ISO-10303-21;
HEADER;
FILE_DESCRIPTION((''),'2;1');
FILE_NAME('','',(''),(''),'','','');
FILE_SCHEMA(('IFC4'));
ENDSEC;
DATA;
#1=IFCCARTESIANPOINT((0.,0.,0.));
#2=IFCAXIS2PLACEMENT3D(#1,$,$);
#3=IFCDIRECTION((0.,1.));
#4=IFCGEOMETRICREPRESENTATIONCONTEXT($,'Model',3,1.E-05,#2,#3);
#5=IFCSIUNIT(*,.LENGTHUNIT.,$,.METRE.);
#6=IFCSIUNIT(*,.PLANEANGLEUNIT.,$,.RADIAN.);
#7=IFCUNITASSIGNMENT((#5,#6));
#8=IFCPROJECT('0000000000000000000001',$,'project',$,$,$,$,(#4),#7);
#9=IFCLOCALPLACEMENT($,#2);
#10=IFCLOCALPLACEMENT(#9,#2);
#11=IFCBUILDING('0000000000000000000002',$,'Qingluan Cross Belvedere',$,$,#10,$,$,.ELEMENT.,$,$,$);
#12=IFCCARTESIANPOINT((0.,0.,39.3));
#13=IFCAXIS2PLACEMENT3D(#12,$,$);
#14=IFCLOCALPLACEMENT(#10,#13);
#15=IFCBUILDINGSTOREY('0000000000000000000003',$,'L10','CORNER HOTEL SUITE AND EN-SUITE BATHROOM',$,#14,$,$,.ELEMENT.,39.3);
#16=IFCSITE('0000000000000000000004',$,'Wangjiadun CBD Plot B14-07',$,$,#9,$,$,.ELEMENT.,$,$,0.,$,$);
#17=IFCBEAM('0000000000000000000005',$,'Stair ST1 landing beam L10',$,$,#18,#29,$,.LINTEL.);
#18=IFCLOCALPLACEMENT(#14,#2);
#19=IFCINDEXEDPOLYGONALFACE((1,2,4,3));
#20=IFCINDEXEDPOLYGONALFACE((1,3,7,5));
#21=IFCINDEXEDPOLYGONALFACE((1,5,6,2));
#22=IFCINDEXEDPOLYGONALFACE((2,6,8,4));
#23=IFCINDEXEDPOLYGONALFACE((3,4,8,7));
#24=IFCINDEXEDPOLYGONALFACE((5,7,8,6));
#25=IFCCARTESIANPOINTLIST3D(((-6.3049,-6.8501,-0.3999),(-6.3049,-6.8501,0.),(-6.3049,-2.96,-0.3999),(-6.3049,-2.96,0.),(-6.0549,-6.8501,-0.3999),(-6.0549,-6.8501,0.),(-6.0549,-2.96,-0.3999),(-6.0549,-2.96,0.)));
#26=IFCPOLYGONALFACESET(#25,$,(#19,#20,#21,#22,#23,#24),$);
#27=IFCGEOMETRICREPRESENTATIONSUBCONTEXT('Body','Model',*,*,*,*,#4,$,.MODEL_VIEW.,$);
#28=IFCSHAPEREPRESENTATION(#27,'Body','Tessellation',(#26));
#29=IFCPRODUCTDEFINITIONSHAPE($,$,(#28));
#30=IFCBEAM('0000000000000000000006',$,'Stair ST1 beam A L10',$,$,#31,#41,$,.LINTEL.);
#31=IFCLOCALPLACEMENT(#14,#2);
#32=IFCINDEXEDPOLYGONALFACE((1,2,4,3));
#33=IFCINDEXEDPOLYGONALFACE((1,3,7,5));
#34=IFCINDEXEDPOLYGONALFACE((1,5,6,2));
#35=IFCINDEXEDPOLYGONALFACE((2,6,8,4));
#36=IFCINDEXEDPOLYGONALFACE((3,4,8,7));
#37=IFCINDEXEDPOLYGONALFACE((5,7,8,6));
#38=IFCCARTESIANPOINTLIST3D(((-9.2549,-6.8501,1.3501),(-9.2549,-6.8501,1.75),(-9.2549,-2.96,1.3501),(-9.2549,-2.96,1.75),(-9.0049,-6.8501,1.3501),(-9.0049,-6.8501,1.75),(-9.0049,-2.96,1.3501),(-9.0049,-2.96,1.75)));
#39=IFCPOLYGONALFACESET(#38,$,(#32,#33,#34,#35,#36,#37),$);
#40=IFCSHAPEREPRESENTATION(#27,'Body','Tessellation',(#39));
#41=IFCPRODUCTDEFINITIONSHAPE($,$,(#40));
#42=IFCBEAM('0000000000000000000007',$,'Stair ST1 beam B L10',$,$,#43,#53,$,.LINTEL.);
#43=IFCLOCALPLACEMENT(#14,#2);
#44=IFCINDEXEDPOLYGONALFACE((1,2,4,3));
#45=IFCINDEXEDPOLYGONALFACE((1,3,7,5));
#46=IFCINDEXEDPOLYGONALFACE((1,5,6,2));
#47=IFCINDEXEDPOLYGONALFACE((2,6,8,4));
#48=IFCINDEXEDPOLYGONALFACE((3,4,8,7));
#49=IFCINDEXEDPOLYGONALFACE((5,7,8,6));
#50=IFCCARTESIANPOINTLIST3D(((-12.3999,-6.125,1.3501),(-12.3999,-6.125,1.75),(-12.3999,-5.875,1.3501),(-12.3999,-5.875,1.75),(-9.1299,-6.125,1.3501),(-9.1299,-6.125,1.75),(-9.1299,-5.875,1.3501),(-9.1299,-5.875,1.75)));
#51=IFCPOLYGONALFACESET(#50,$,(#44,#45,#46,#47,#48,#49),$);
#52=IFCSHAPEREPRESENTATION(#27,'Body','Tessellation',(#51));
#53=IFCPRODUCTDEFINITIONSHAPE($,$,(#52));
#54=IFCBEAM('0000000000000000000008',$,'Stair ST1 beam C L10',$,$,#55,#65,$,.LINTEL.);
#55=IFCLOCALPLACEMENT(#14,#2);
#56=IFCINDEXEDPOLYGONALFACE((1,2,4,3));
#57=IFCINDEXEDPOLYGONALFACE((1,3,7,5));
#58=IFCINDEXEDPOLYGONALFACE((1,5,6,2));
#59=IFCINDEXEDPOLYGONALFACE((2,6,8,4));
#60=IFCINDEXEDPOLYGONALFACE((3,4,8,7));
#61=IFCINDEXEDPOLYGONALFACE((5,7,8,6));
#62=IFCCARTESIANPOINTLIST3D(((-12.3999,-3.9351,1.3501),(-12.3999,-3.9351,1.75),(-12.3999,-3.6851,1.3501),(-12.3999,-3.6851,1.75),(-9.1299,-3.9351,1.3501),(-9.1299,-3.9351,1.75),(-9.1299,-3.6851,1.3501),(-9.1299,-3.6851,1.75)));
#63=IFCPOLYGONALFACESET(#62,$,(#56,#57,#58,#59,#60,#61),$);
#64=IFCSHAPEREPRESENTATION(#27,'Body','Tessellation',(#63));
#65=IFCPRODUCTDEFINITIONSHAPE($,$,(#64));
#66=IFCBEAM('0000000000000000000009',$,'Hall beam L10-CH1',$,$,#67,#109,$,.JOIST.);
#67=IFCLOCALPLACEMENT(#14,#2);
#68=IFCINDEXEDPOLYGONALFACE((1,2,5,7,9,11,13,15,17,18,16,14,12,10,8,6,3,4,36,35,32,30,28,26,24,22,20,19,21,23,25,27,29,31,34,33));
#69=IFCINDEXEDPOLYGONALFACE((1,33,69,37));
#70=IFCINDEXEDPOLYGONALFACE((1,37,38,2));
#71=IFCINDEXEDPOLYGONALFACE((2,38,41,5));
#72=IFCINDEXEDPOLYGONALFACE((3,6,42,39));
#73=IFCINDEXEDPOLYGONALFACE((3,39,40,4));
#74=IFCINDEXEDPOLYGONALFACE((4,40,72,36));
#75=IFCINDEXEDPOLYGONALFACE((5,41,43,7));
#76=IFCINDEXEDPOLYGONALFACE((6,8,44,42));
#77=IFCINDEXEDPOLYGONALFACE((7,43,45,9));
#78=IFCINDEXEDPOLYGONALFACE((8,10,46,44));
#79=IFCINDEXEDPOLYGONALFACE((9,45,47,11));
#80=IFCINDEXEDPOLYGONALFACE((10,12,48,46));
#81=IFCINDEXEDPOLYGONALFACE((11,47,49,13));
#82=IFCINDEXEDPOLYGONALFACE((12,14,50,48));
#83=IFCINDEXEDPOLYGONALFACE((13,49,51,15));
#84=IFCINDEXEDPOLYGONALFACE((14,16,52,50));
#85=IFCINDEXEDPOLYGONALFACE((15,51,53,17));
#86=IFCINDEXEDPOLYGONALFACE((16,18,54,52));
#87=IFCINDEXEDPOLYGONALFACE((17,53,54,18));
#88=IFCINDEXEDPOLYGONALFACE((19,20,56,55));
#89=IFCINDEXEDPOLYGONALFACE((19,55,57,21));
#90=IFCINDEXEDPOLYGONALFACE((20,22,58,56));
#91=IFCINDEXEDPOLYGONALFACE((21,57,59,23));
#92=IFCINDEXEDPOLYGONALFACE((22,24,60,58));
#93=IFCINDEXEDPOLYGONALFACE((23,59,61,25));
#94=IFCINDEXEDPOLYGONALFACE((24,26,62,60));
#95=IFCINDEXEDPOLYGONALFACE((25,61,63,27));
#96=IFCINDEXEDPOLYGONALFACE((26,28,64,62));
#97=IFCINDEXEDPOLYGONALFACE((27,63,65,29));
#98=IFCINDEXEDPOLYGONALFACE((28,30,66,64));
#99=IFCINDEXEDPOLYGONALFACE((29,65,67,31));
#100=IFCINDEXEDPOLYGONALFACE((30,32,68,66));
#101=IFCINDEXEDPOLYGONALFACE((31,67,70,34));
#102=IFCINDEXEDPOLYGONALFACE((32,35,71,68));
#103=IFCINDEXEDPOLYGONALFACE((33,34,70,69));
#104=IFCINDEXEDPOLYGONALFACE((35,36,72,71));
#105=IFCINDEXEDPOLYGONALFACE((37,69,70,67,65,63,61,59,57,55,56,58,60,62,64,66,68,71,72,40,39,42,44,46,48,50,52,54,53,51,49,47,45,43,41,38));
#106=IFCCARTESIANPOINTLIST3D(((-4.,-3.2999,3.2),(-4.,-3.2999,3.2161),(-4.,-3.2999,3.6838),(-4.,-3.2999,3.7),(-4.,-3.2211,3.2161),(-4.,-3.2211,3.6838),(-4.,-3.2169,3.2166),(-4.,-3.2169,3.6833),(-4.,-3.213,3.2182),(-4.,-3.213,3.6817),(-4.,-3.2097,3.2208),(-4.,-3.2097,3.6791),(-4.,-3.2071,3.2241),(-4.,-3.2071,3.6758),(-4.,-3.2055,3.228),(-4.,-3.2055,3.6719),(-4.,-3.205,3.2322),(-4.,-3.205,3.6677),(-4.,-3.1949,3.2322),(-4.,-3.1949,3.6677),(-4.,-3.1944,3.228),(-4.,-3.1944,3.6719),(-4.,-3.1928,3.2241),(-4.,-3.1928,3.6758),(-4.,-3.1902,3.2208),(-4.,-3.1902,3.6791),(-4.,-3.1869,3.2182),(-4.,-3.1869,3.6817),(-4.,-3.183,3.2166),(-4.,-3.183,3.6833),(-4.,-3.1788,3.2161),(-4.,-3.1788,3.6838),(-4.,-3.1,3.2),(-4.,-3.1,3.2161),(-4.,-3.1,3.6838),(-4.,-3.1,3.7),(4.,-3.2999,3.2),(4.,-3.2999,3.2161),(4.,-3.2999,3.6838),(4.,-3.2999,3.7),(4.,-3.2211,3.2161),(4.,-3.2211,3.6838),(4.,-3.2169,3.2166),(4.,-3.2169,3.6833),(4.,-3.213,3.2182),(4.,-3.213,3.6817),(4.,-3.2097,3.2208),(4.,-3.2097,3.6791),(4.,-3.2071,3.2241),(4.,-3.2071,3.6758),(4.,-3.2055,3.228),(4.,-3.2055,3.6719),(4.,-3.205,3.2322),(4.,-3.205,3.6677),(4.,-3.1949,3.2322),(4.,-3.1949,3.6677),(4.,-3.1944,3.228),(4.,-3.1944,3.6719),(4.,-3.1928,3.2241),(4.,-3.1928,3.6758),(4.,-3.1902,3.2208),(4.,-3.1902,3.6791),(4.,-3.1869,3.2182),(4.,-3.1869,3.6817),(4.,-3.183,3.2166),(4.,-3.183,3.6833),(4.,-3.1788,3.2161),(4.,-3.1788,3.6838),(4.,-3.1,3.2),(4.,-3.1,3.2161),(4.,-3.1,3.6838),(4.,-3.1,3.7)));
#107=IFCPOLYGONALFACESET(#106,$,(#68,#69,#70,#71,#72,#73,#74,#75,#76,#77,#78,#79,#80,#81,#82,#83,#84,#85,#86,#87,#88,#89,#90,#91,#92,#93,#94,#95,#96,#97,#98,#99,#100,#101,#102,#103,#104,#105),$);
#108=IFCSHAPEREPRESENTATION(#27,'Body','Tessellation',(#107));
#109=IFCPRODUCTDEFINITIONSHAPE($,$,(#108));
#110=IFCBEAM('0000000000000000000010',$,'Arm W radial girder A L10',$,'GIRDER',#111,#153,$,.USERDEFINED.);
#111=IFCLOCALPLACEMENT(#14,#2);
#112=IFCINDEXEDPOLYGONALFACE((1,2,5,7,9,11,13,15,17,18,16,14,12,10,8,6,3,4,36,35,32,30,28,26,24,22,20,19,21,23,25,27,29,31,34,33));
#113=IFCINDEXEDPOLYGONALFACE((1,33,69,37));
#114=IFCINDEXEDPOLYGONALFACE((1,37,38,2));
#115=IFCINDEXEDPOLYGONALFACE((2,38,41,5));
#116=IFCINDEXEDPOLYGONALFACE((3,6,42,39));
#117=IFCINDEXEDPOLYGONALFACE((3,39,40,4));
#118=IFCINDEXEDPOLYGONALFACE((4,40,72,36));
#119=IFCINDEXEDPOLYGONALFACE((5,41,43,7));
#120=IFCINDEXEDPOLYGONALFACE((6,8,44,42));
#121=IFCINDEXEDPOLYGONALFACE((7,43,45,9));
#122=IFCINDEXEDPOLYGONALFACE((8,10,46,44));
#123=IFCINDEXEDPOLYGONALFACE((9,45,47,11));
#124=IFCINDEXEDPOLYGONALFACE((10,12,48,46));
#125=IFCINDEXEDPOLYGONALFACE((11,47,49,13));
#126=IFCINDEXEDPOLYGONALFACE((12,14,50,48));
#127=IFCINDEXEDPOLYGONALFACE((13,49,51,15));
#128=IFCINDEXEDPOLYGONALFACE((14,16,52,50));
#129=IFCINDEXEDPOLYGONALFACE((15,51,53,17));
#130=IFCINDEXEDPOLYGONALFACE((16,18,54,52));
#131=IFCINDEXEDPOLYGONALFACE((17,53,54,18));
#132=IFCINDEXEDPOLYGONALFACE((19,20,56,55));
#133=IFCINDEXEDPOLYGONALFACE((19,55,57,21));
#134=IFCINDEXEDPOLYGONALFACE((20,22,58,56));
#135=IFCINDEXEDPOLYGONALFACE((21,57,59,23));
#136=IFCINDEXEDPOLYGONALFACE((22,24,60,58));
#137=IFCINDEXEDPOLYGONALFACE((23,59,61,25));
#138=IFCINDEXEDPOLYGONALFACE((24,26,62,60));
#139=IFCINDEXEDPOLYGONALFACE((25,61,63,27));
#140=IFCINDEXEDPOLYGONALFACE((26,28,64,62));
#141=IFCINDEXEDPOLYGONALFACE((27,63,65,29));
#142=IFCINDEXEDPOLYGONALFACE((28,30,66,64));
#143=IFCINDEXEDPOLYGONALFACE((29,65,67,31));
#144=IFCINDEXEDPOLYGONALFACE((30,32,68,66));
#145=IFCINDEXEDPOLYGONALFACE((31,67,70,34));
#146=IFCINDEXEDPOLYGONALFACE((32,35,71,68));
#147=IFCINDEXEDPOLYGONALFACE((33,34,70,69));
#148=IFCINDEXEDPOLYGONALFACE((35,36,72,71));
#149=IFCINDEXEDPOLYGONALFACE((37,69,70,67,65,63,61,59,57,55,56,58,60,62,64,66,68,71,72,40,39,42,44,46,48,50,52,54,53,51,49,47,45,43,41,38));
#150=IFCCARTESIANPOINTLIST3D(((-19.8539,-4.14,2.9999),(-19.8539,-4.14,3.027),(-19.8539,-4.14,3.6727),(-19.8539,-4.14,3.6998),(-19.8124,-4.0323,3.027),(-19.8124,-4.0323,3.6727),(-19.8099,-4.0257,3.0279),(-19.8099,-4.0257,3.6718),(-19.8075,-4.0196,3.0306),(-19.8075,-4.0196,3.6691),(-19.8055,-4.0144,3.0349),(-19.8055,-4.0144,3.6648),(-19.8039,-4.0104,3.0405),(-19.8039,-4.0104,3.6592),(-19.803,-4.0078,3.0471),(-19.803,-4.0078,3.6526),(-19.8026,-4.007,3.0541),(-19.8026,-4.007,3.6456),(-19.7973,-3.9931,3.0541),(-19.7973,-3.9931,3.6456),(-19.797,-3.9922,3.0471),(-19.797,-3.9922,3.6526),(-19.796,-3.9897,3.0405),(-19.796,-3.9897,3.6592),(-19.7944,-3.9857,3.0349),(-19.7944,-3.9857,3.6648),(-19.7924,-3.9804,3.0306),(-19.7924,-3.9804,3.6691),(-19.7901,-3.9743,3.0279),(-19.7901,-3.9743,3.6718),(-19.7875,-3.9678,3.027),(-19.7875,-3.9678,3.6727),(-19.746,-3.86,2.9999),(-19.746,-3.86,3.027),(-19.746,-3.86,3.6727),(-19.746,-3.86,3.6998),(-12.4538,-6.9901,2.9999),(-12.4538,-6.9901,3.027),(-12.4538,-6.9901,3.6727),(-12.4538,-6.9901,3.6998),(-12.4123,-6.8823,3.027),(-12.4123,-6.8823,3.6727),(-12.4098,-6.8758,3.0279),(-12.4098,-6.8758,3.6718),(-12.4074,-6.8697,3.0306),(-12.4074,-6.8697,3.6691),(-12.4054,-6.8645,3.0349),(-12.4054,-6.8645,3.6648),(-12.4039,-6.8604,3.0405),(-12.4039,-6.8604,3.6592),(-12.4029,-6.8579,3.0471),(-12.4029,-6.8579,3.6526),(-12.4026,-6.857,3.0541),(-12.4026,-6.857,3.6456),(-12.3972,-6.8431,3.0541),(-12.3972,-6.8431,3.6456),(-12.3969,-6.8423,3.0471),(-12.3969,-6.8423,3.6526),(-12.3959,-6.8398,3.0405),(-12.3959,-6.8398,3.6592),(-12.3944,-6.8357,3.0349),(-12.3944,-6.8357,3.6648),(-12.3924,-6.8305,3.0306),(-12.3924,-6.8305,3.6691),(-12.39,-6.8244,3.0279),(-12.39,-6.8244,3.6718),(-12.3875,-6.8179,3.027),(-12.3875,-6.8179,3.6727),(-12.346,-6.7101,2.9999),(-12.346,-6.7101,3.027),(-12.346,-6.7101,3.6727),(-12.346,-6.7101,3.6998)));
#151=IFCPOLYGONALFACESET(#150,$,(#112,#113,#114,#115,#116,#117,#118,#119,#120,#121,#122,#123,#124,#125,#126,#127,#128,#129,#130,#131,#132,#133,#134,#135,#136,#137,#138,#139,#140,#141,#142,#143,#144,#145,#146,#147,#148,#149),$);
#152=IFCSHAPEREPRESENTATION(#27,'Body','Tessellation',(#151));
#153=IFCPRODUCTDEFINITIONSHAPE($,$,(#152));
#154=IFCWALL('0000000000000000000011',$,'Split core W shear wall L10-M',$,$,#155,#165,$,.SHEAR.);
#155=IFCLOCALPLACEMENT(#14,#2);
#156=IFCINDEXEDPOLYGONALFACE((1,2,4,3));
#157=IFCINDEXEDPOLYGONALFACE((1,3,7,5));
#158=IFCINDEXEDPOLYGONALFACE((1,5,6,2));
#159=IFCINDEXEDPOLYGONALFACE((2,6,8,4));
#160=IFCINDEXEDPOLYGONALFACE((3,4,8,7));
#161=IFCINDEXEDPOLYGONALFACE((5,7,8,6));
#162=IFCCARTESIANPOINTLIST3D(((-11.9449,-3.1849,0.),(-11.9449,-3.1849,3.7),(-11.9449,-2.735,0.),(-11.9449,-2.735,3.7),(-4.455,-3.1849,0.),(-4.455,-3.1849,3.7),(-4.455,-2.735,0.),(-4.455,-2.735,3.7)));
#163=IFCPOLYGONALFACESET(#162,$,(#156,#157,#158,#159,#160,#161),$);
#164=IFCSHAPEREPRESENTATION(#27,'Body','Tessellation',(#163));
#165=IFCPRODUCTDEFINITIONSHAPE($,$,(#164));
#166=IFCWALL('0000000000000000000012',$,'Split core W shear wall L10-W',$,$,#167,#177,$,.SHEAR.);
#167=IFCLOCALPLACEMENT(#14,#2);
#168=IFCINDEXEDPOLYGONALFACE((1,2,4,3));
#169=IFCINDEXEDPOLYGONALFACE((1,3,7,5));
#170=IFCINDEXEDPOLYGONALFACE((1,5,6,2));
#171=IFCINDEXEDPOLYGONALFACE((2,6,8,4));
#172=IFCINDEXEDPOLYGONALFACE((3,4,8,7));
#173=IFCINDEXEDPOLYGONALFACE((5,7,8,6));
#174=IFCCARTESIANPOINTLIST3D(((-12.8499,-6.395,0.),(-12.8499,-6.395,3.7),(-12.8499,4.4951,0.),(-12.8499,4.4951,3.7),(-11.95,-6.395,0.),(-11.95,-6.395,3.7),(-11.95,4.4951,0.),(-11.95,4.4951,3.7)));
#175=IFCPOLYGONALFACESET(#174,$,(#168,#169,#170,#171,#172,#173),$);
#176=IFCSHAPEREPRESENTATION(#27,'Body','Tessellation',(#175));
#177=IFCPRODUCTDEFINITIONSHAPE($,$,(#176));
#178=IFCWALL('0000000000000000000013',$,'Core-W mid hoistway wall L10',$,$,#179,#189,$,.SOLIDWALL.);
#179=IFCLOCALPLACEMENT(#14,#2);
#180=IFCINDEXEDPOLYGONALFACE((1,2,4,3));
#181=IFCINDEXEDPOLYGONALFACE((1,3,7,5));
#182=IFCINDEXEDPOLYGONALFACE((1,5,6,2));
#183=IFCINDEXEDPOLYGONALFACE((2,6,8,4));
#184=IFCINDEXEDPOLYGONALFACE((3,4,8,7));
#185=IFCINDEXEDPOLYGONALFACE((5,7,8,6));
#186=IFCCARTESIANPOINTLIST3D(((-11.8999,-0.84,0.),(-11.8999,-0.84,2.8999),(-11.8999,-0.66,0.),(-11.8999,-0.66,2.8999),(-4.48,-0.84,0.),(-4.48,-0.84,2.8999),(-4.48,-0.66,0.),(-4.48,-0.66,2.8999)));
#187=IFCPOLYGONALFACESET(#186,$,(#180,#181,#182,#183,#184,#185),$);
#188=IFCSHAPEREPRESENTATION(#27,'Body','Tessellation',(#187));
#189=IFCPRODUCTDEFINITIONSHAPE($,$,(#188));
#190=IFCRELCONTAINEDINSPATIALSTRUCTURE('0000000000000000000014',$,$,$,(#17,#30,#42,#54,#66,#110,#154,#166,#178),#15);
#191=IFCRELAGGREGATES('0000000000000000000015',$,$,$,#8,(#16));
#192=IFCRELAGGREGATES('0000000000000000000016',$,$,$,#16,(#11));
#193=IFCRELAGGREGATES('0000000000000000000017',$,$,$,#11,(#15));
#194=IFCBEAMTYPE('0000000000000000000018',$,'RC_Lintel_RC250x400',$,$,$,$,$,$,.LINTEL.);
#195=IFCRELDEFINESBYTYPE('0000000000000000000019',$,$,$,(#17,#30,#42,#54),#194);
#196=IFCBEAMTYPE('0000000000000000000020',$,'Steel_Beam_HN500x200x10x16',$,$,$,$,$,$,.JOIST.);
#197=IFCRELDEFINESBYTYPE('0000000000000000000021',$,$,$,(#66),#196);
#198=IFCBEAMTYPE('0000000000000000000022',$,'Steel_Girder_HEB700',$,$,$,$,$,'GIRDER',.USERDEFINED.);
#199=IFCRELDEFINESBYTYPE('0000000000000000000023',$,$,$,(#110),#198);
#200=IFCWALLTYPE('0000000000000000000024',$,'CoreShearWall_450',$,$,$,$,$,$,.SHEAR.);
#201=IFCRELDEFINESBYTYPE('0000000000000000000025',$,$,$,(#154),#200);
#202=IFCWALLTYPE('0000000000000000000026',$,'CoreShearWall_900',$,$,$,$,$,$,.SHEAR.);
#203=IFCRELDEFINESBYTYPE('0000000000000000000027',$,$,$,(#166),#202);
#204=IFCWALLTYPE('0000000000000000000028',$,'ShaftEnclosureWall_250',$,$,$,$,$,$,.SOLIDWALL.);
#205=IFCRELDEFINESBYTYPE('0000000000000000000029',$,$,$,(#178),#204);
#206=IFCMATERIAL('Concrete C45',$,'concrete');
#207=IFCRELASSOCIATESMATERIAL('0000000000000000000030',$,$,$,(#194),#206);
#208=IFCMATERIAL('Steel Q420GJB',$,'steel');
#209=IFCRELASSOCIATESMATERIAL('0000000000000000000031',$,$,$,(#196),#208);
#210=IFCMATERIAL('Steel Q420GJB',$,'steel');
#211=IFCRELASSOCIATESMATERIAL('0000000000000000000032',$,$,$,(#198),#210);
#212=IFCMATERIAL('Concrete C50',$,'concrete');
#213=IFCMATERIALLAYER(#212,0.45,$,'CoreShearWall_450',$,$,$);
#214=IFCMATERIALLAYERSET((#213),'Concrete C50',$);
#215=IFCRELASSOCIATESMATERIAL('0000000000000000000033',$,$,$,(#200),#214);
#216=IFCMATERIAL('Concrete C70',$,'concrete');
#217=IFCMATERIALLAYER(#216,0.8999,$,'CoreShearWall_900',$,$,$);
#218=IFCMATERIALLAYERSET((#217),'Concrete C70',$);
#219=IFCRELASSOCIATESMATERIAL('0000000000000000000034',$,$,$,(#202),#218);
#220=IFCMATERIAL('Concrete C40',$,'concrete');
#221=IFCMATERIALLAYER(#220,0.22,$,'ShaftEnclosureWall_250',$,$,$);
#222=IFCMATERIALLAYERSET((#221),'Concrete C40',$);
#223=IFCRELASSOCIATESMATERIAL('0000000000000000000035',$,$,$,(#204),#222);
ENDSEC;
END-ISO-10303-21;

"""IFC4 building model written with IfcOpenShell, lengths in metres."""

from ifc_helpers import new_model, si_unit, direction, frame, frame_2d, origin, origin_2d, place, context, subcontext, project, spatial, rectangle, i_section, extrude, material, layer, layer_set, material_profile, profile_set, type_object, element, save


model = new_model("IFC4")

# Units and contexts
model_context = context("Model", 3, precision=1e-05, world=origin(), true_north=direction((0.0, 1.0)))
body_context = subcontext(model_context, "Body", "Model", "MODEL_VIEW")
ifc_project = project(units=[si_unit("LENGTHUNIT", "METRE"), si_unit("PLANEANGLEUNIT", "RADIAN")], contexts=[model_context])

# Site, building, storey
site_placement = place(None, origin())
site = spatial("IfcSite", under=ifc_project, at=site_placement, Name="Wangjiadun CBD Plot B14-07", CompositionType="ELEMENT", RefElevation=0.0)
building_placement = place(site_placement, origin())
building = spatial("IfcBuilding", under=site, at=building_placement, Name="Qingluan Cross Belvedere", CompositionType="ELEMENT")
storey_placement = place(building_placement, frame((0.0, 0.0, 39.3)))
storey = spatial("IfcBuildingStorey", under=building, at=storey_placement, Name="L10", Description="CORNER HOTEL SUITE AND EN-SUITE BATHROOM", CompositionType="ELEMENT", Elevation=39.3)

# Beams
ifc_material_1 = material(Name="Concrete C45", Category="concrete")
ifc_material_profile_1 = material_profile(ifc_material_1, rectangle(XDim=0.25, YDim=0.3999, at=origin_2d()), Name="RC250x400")
ifc_profile_set_1 = profile_set([ifc_material_profile_1], Name="Concrete C45")
beam_type_1 = type_object("IfcBeamType", Name="RC_Lintel_RC250x400", PredefinedType="LINTEL", material=ifc_profile_set_1)
for number, where, z_axis, x_axis, name in (
    (1, (-6.1799, -6.8501, -0.2), (0.0, 1.0, 0.0), (-1.0, 0.0, 0.0), "Stair ST1 landing beam L10"),
    (2, (-9.1299, -6.8501, 1.55), (0.0, 1.0, 0.0), (-1.0, 0.0, 0.0), "Stair ST1 beam A L10"),
):
    element("IfcBeam", number, at=place(storey_placement, frame(where, z_axis=z_axis, x_axis=x_axis)), inside=storey, type_object=beam_type_1, Name=name, PredefinedType="LINTEL", context=body_context, shape_type="SweptSolid", body=[
        extrude(rectangle(XDim=0.25, YDim=0.3999, at=origin_2d()), origin(), (0.0, 0.0, 1.0), 3.8901),
    ])
for number, where, z_axis, x_axis, name in (
    (3, (-12.3999, -6.0, 1.55), (1.0, 0.0, 0.0), (0.0, 1.0, 0.0), "Stair ST1 beam B L10"),
    (4, (-12.3999, -3.8101, 1.55), (1.0, 0.0, 0.0), (0.0, 1.0, 0.0), "Stair ST1 beam C L10"),
):
    element("IfcBeam", number, at=place(storey_placement, frame(where, z_axis=z_axis, x_axis=x_axis)), inside=storey, type_object=beam_type_1, Name=name, PredefinedType="LINTEL", context=body_context, shape_type="SweptSolid", body=[
        extrude(rectangle(XDim=0.25, YDim=0.3999, at=origin_2d()), origin(), (0.0, 0.0, 1.0), 3.27),
    ])
ifc_material_2 = material(Name="Steel Q420GJB", Category="steel")
ifc_material_profile_2 = material_profile(ifc_material_2, i_section(OverallWidth=0.2, OverallDepth=0.5, WebThickness=0.01, FlangeThickness=0.0161, FilletRadius=0.0161, at=origin_2d()), Name="HN500x200x10x16")
ifc_profile_set_2 = profile_set([ifc_material_profile_2], Name="Steel Q420GJB")
beam_type_2 = type_object("IfcBeamType", Name="Steel_Beam_HN500x200x10x16", PredefinedType="JOIST", material=ifc_profile_set_2)
beam_1_placement = place(storey_placement, frame((-4.0, -3.2, 3.45), z_axis=(1.0, 0.0, 0.0), x_axis=(0.0, 1.0, 0.0)))
element("IfcBeam", 5, at=beam_1_placement, inside=storey, type_object=beam_type_2, Name="Hall beam L10-CH1", PredefinedType="JOIST", context=body_context, shape_type="SweptSolid", body=[
    extrude(i_section(OverallWidth=0.2, OverallDepth=0.5, WebThickness=0.01, FlangeThickness=0.0161, FilletRadius=0.0161, at=origin_2d()), origin(), (0.0, 0.0, 1.0), 8.0),
])
ifc_material_3 = material(Name="Steel Q420GJB", Category="steel")
ifc_material_profile_3 = material_profile(ifc_material_3, i_section(OverallWidth=0.3, OverallDepth=0.7, WebThickness=0.0149, FlangeThickness=0.0271, FilletRadius=0.0271, at=origin_2d()), Name="HEB700")
ifc_profile_set_3 = profile_set([ifc_material_profile_3], Name="Steel Q420GJB")
beam_type_3 = type_object("IfcBeamType", Name="Steel_Girder_HEB700", ElementType="GIRDER", PredefinedType="USERDEFINED", material=ifc_profile_set_3)
beam_2_placement = place(storey_placement, frame((-12.3999, -6.8501, 3.3499), z_axis=(-0.933181, 0.359406, 0.0), x_axis=(-0.359406, -0.933181, 0.0)))
element("IfcBeam", 6, at=beam_2_placement, inside=storey, type_object=beam_type_3, Name="Arm W radial girder A L10", ObjectType="GIRDER", PredefinedType="USERDEFINED", context=body_context, shape_type="SweptSolid", body=[
    extrude(i_section(OverallWidth=0.3, OverallDepth=0.7, WebThickness=0.0149, FlangeThickness=0.0271, FilletRadius=0.0271, at=origin_2d()), origin(), (0.0, 0.0, 1.0), 7.9299),
])

# Walls
ifc_material_4 = material(Name="Concrete C50", Category="concrete")
ifc_layer_1 = layer(ifc_material_4, 0.45, Name="CoreShearWall_450")
ifc_layer_set_1 = layer_set([ifc_layer_1], Name="Concrete C50")
wall_type_1 = type_object("IfcWallType", Name="CoreShearWall_450", PredefinedType="SHEAR", material=ifc_layer_set_1)
wall_1_placement = place(storey_placement, frame((-11.9451, -2.96, 0.0), z_axis=(0.0, 0.0, 1.0), x_axis=(1.0, 0.0, 0.0)))
element("IfcWall", 7, at=wall_1_placement, inside=storey, type_object=wall_type_1, Name="Split core W shear wall L10-M", PredefinedType="SHEAR", context=body_context, shape_type="SweptSolid", body=[
    extrude(rectangle(XDim=7.49, YDim=0.45, at=frame_2d((3.7451, 0.0))), origin(), (0.0, 0.0, 1.0), 3.7),
])
ifc_material_5 = material(Name="Concrete C70", Category="concrete")
ifc_layer_2 = layer(ifc_material_5, 0.8999, Name="CoreShearWall_900")
ifc_layer_set_2 = layer_set([ifc_layer_2], Name="Concrete C70")
wall_type_2 = type_object("IfcWallType", Name="CoreShearWall_900", PredefinedType="SHEAR", material=ifc_layer_set_2)
wall_2_placement = place(storey_placement, frame((-12.3999, -6.395, 0.0), z_axis=(0.0, 0.0, 1.0), x_axis=(0.0, 1.0, 0.0)))
element("IfcWall", 8, at=wall_2_placement, inside=storey, type_object=wall_type_2, Name="Split core W shear wall L10-W", PredefinedType="SHEAR", context=body_context, shape_type="SweptSolid", body=[
    extrude(rectangle(XDim=10.8901, YDim=0.8999, at=frame_2d((5.4451, 0.0))), origin(), (0.0, 0.0, 1.0), 3.7),
])

# Wall
ifc_material_6 = material(Name="Concrete C40", Category="concrete")
ifc_layer_3 = layer(ifc_material_6, 0.22, Name="ShaftEnclosureWall_250")
ifc_layer_set_3 = layer_set([ifc_layer_3], Name="Concrete C40")
wall_type_3 = type_object("IfcWallType", Name="ShaftEnclosureWall_250", PredefinedType="SOLIDWALL", material=ifc_layer_set_3)
wall_3_placement = place(storey_placement, frame((-11.8999, -0.75, 0.0), z_axis=(0.0, 0.0, 1.0), x_axis=(1.0, 0.0, 0.0)))
element("IfcWall", 9, at=wall_3_placement, inside=storey, type_object=wall_type_3, Name="Core-W mid hoistway wall L10", PredefinedType="SOLIDWALL", context=body_context, shape_type="SweptSolid", body=[
    extrude(rectangle(XDim=7.4199, YDim=0.1799, at=frame_2d((3.71, 0.0))), origin(), (0.0, 0.0, 1.0), 2.8999),
])

save(model, "model.ifc")
